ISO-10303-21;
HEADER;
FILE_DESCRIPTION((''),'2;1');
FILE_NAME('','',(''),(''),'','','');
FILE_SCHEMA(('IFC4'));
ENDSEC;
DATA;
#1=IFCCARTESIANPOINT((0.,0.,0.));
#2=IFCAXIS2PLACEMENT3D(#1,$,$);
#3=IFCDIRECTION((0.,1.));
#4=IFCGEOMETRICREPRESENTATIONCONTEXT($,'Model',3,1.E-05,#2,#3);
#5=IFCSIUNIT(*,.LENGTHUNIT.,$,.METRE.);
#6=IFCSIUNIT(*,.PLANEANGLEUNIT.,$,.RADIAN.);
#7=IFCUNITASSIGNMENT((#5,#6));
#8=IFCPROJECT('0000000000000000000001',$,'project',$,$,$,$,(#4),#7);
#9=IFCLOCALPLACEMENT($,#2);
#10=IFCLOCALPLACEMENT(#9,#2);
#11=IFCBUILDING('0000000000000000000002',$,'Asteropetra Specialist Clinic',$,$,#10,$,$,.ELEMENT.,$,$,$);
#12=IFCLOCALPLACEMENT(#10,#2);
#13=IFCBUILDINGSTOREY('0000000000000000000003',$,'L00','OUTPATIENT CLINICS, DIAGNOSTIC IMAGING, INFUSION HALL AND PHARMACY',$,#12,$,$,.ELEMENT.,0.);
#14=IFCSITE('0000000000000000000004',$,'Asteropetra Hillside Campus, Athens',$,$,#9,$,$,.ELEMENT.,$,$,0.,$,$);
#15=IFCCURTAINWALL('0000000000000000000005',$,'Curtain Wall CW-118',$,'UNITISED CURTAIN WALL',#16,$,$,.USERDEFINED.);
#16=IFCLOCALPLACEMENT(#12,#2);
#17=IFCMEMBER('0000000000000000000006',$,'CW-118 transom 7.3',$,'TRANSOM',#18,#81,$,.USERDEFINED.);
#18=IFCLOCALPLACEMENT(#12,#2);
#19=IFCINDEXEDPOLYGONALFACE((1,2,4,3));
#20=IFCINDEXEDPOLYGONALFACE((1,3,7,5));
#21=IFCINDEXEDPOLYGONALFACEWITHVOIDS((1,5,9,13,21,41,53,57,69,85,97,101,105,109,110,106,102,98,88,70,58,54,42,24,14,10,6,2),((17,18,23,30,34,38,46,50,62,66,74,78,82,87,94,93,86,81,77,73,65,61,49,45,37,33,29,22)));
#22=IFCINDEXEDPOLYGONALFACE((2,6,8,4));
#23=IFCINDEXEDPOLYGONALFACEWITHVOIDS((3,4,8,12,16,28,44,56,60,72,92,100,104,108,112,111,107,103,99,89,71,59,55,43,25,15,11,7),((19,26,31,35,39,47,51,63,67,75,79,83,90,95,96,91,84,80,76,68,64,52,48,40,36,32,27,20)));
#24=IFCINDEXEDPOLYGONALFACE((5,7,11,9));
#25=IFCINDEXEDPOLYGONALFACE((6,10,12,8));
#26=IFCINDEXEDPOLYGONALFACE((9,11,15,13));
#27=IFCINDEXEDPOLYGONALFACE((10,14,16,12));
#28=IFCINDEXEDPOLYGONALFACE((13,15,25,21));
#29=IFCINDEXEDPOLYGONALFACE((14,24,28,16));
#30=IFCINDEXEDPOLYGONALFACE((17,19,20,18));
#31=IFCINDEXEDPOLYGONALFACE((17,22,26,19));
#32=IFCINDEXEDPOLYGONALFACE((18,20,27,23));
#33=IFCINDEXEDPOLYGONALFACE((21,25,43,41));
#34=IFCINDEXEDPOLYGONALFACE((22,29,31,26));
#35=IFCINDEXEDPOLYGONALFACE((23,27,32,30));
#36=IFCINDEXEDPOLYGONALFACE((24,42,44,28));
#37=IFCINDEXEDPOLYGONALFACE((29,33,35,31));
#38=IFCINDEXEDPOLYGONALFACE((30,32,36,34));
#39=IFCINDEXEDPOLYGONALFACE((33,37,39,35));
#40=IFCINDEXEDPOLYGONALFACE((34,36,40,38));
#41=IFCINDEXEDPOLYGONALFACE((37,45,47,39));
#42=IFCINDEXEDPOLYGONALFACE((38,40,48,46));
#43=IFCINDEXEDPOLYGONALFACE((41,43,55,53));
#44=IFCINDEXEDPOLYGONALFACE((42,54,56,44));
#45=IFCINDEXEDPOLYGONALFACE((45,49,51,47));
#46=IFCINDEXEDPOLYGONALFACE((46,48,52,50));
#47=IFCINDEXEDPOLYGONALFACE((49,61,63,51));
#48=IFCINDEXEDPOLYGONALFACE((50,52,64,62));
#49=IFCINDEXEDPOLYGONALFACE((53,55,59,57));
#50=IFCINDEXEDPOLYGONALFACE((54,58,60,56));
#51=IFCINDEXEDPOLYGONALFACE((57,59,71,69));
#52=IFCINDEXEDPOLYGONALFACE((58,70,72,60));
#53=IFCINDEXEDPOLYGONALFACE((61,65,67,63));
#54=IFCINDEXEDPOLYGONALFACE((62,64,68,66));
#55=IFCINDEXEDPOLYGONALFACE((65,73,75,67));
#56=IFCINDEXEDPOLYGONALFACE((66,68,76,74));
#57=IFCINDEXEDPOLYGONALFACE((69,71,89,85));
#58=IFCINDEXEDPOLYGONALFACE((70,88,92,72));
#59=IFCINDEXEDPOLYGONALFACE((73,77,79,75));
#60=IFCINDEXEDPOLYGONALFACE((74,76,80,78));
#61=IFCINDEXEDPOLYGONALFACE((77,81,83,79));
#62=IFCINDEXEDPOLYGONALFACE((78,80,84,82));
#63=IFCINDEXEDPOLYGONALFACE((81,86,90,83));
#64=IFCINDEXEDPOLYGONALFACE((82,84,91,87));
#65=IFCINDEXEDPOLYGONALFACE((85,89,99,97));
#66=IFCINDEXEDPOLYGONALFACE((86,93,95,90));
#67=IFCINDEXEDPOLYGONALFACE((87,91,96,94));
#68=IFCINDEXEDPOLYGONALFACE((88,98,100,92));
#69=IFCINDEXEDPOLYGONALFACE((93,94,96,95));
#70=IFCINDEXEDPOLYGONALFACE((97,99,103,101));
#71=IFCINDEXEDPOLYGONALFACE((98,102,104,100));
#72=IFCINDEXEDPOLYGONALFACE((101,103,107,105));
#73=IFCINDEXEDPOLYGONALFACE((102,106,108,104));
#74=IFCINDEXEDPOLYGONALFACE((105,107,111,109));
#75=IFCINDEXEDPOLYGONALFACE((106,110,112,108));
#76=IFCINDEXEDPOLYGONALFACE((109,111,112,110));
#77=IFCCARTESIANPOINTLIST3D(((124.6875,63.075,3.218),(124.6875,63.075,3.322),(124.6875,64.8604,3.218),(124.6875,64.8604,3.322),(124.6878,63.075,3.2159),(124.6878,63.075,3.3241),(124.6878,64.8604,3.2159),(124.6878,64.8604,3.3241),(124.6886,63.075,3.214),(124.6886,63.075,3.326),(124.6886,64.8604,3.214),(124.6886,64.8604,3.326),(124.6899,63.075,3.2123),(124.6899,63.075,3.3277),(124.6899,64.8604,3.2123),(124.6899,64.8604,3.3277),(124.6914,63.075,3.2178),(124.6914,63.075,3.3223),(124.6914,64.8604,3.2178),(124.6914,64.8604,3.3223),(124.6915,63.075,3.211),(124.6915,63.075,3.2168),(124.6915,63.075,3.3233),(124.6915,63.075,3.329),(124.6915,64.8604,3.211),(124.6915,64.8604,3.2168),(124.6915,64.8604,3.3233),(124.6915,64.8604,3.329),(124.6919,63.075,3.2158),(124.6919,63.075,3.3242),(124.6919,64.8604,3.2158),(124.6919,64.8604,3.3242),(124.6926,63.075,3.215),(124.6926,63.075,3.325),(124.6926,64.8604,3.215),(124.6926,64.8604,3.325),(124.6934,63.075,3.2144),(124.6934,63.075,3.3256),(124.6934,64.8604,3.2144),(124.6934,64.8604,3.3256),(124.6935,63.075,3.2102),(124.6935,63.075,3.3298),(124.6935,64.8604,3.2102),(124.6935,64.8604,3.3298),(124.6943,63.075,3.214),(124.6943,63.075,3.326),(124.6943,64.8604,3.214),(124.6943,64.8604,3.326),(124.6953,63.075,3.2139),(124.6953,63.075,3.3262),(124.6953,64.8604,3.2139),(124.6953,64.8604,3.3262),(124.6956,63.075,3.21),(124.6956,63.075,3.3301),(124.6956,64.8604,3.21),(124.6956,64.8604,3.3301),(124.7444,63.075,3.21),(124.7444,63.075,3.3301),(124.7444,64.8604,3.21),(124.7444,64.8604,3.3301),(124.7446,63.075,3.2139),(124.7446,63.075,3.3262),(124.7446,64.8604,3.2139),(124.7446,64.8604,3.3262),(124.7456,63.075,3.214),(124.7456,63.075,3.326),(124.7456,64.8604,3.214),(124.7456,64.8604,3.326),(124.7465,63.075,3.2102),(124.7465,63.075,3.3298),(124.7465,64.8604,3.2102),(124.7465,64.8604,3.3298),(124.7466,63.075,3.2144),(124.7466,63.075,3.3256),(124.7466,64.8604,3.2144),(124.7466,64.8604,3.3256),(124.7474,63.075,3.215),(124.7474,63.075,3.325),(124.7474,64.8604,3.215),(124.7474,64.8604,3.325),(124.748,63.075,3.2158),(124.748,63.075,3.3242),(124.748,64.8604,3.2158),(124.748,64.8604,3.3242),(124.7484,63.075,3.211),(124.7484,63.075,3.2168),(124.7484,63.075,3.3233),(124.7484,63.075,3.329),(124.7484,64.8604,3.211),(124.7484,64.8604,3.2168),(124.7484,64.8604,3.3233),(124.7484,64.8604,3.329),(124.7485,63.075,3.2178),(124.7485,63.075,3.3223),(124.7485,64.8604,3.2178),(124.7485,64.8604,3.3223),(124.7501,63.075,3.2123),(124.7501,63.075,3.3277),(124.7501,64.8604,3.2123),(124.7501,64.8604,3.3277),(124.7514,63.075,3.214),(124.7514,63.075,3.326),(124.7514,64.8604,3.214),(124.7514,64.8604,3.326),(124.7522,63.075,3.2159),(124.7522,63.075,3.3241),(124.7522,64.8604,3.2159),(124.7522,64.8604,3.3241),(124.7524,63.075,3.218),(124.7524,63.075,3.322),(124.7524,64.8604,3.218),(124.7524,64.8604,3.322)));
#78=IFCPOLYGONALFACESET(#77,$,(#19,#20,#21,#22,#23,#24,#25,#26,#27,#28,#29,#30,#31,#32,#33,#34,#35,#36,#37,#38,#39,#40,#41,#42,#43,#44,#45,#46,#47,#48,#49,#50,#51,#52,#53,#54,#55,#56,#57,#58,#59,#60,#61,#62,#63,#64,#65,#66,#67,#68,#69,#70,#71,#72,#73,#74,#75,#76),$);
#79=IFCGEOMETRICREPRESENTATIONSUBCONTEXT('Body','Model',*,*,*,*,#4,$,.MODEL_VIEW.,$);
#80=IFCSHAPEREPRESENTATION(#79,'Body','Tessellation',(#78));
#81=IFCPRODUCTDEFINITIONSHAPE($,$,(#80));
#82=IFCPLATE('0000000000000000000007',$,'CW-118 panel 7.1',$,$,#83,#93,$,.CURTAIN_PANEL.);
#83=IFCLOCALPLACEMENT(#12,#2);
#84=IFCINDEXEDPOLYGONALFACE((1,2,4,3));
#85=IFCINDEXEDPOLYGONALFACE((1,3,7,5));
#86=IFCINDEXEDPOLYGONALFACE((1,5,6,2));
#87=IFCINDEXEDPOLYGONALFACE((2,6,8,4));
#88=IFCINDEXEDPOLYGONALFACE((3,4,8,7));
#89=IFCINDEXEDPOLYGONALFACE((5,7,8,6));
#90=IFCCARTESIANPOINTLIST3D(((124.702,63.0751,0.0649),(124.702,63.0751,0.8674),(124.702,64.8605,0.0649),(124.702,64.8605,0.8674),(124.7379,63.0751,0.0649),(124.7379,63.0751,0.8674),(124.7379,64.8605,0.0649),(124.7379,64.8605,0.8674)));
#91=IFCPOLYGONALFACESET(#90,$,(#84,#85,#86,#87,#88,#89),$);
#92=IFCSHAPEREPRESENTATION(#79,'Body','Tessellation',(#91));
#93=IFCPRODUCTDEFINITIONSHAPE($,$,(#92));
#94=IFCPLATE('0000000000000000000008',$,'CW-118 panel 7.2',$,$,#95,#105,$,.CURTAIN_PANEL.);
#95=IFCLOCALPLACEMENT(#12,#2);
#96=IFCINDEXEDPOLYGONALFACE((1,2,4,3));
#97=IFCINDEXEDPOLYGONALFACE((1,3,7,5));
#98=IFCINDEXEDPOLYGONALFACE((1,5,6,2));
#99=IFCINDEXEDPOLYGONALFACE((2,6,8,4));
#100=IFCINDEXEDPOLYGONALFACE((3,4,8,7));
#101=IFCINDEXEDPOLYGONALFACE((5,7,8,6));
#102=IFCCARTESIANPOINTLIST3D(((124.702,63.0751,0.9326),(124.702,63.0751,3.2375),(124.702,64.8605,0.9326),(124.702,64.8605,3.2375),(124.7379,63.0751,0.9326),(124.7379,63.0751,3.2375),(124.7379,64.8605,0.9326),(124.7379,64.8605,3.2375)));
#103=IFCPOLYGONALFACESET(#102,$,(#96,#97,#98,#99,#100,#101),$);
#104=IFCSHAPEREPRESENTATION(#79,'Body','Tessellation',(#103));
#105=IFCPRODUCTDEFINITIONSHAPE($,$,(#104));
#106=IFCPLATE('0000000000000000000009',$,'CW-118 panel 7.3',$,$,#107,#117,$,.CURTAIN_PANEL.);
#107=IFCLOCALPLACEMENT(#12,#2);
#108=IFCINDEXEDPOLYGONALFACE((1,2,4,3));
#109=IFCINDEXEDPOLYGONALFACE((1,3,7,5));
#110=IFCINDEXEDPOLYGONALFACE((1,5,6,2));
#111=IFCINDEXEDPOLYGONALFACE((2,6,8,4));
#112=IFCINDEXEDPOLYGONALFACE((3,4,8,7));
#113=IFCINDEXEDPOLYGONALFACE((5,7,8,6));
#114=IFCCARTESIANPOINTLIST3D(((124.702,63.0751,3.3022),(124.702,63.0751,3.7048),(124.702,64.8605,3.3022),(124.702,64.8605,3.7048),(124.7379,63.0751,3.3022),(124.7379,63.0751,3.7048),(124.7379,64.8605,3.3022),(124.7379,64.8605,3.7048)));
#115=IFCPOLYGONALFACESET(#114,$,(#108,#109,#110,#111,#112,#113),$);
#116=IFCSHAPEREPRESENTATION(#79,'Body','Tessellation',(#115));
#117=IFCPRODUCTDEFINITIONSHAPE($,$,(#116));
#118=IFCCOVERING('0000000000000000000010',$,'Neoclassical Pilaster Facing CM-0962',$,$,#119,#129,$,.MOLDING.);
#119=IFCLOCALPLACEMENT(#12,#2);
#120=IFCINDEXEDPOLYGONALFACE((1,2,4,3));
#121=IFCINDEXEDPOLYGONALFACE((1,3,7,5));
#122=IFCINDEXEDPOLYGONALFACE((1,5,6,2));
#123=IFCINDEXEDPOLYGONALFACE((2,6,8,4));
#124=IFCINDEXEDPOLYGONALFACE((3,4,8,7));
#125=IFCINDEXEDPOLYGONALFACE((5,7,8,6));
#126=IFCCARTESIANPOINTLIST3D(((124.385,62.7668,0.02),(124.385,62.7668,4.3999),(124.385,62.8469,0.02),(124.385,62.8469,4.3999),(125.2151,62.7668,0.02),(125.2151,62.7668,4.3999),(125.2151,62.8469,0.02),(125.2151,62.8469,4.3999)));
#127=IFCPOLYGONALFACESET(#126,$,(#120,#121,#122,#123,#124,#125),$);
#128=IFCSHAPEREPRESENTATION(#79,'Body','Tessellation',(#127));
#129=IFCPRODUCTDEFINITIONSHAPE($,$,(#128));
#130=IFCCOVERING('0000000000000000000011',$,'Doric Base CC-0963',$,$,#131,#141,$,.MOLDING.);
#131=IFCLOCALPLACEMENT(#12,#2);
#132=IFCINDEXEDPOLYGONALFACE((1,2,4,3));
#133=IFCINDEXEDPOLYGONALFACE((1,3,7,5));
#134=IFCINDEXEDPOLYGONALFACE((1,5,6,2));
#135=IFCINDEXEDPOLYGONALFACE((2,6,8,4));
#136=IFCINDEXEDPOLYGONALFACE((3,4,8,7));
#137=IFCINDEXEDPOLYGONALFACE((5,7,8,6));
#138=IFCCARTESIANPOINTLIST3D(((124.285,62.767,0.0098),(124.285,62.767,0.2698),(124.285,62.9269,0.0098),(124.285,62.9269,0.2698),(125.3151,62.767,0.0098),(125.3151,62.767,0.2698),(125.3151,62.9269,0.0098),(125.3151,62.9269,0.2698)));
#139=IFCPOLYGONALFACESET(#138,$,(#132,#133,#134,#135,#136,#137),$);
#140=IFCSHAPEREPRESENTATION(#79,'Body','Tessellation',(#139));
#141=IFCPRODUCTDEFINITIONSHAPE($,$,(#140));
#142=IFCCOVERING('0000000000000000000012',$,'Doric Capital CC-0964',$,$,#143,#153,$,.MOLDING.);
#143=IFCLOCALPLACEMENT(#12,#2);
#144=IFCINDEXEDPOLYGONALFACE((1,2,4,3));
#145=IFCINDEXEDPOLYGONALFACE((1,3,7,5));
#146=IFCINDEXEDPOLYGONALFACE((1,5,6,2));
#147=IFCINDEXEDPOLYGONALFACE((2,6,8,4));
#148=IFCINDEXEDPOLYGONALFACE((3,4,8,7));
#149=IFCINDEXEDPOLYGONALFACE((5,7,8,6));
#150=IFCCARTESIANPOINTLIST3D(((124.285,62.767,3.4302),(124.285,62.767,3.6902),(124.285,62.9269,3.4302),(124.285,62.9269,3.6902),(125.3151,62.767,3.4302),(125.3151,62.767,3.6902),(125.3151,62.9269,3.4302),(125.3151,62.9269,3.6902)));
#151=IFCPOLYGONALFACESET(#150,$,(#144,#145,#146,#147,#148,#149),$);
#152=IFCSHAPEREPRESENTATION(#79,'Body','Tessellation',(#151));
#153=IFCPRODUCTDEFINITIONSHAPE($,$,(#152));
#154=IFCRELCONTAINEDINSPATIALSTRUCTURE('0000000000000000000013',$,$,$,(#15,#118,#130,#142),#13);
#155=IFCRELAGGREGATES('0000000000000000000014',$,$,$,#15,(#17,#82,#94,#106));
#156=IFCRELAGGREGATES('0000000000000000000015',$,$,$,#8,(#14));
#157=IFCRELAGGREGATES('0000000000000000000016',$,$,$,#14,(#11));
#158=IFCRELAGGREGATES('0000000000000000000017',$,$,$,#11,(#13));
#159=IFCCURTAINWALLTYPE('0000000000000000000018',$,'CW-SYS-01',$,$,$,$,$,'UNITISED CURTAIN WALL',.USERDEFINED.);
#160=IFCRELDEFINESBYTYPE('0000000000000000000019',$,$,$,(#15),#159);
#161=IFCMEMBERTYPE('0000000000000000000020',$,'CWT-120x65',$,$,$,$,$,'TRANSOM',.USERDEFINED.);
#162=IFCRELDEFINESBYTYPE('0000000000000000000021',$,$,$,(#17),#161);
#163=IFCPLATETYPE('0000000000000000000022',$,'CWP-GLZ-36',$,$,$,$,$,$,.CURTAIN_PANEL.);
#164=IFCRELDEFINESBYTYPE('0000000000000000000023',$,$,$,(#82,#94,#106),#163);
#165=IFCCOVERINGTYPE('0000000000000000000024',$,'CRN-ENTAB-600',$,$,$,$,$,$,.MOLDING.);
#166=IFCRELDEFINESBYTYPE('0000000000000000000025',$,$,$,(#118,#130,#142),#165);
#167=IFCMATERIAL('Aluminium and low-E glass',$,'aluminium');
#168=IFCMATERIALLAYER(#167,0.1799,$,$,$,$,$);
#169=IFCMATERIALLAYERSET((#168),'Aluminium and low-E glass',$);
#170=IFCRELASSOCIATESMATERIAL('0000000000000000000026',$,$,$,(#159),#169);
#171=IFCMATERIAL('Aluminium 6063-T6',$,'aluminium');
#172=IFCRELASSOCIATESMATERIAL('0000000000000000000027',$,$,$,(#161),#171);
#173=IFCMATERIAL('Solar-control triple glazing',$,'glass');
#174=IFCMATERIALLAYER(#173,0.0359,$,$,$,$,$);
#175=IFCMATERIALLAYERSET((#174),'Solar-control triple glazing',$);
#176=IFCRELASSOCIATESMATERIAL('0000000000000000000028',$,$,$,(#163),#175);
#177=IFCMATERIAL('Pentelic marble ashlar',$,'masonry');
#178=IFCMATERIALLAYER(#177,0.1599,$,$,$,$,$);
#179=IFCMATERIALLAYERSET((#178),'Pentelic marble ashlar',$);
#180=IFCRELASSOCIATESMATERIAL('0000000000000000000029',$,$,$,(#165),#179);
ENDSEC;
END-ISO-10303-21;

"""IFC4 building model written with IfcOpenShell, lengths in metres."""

from ifc_helpers import new_model, si_unit, direction, frame, origin, origin_2d, place, context, subcontext, project, spatial, rectangle, hollow_rectangle, extrude, material, layer, layer_set, material_profile, profile_set, type_object, element, aggregate, save


model = new_model("IFC4")

# Units and contexts
model_context = context("Model", 3, precision=1e-05, world=origin(), true_north=direction((0.0, 1.0)))
body_context = subcontext(model_context, "Body", "Model", "MODEL_VIEW")
ifc_project = project(units=[si_unit("LENGTHUNIT", "METRE"), si_unit("PLANEANGLEUNIT", "RADIAN")], contexts=[model_context])

# Site, building, storey
site_placement = place(None, origin())
site = spatial("IfcSite", under=ifc_project, at=site_placement, Name="Asteropetra Hillside Campus, Athens", CompositionType="ELEMENT", RefElevation=0.0)
building_placement = place(site_placement, origin())
building = spatial("IfcBuilding", under=site, at=building_placement, Name="Asteropetra Specialist Clinic", CompositionType="ELEMENT")
storey_placement = place(building_placement, origin())
storey = spatial("IfcBuildingStorey", under=building, at=storey_placement, Name="L00", Description="OUTPATIENT CLINICS, DIAGNOSTIC IMAGING, INFUSION HALL AND PHARMACY", CompositionType="ELEMENT", Elevation=0.0)

# Curtain wall, member, plates
ifc_material_1 = material(Name="Aluminium and low-E glass", Category="aluminium")
ifc_layer_1 = layer(ifc_material_1, 0.1799)
ifc_layer_set_1 = layer_set([ifc_layer_1], Name="Aluminium and low-E glass")
curtain_wall_type = type_object("IfcCurtainWallType", Name="CW-SYS-01", ElementType="UNITISED CURTAIN WALL", PredefinedType="USERDEFINED", material=ifc_layer_set_1)
curtain_wall_placement = place(storey_placement, origin())
curtain_wall = element("IfcCurtainWall", 1, at=curtain_wall_placement, inside=storey, type_object=curtain_wall_type, Name="Curtain Wall CW-118", ObjectType="UNITISED CURTAIN WALL", PredefinedType="USERDEFINED")
ifc_material_2 = material(Name="Aluminium 6063-T6", Category="aluminium")
ifc_material_profile_1 = material_profile(ifc_material_2, hollow_rectangle(XDim=0.0649, YDim=0.1201, WallThickness=0.0039, InnerFilletRadius=0.0039, OuterFilletRadius=0.0081, at=origin_2d()), Name="TRN 120x65x4.0")
ifc_profile_set_1 = profile_set([ifc_material_profile_1], Name="Aluminium 6063-T6")
member_type_1 = type_object("IfcMemberType", Name="CWT-120x65", ElementType="TRANSOM", PredefinedType="USERDEFINED", material=ifc_profile_set_1)
member_1_placement = place(storey_placement, frame((124.72, 64.8604, 3.27), z_axis=(0.0, -1.0, 0.0), x_axis=(1.0, 0.0, 0.0)))
member_1 = element("IfcMember", 2, at=member_1_placement, type_object=member_type_1, Name="CW-118 transom 7.3", ObjectType="TRANSOM", PredefinedType="USERDEFINED", context=body_context, shape_type="SweptSolid", body=[
    extrude(hollow_rectangle(XDim=0.0649, YDim=0.1201, WallThickness=0.0039, InnerFilletRadius=0.0039, OuterFilletRadius=0.0081, at=origin_2d()), origin(), (0.0, 0.0, 1.0), 1.7854),
])
ifc_material_3 = material(Name="Solar-control triple glazing", Category="glass")
ifc_layer_2 = layer(ifc_material_3, 0.0359)
ifc_layer_set_2 = layer_set([ifc_layer_2], Name="Solar-control triple glazing")
plate_type = type_object("IfcPlateType", Name="CWP-GLZ-36", PredefinedType="CURTAIN_PANEL", material=ifc_layer_set_2)
plate_1_placement = place(storey_placement, frame((124.72, 63.9678, 0.0649), z_axis=(0.0, 0.0, 1.0), x_axis=(0.0, -1.0, 0.0)))
plate_1 = element("IfcPlate", 3, at=plate_1_placement, type_object=plate_type, Name="CW-118 panel 7.1", PredefinedType="CURTAIN_PANEL", context=body_context, shape_type="SweptSolid", body=[
    extrude(rectangle(XDim=1.7854, YDim=0.0359, at=origin_2d()), origin(), (0.0, 0.0, 1.0), 0.8025),
])
plate_2_placement = place(storey_placement, frame((124.72, 63.9678, 0.9326), z_axis=(0.0, 0.0, 1.0), x_axis=(0.0, -1.0, 0.0)))
plate_2 = element("IfcPlate", 4, at=plate_2_placement, type_object=plate_type, Name="CW-118 panel 7.2", PredefinedType="CURTAIN_PANEL", context=body_context, shape_type="SweptSolid", body=[
    extrude(rectangle(XDim=1.7854, YDim=0.0359, at=origin_2d()), origin(), (0.0, 0.0, 1.0), 2.3049),
])
plate_3_placement = place(storey_placement, frame((124.72, 63.9678, 3.3022), z_axis=(0.0, 0.0, 1.0), x_axis=(0.0, -1.0, 0.0)))
plate_3 = element("IfcPlate", 5, at=plate_3_placement, type_object=plate_type, Name="CW-118 panel 7.3", PredefinedType="CURTAIN_PANEL", context=body_context, shape_type="SweptSolid", body=[
    extrude(rectangle(XDim=1.7854, YDim=0.0359, at=origin_2d()), origin(), (0.0, 0.0, 1.0), 0.4026),
])
aggregate(curtain_wall, [member_1, plate_1, plate_2, plate_3])

# Coverings
ifc_material_4 = material(Name="Pentelic marble ashlar", Category="masonry")
ifc_layer_3 = layer(ifc_material_4, 0.1599)
ifc_layer_set_3 = layer_set([ifc_layer_3], Name="Pentelic marble ashlar")
covering_type = type_object("IfcCoveringType", Name="CRN-ENTAB-600", PredefinedType="MOLDING", material=ifc_layer_set_3)
covering_placement = place(storey_placement, frame((124.8, 62.8069, 0.02), z_axis=(0.0, 0.0, 1.0), x_axis=(1.0, 0.0, 0.0)))
element("IfcCovering", 6, at=covering_placement, inside=storey, type_object=covering_type, Name="Neoclassical Pilaster Facing CM-0962", PredefinedType="MOLDING", context=body_context, shape_type="SweptSolid", body=[
    extrude(rectangle(XDim=0.8301, YDim=0.0801, at=origin_2d()), origin(), (0.0, 0.0, 1.0), 4.3799),
])
for number, where, z_axis, x_axis, name in (
    (7, (124.8, 62.8469, 0.0098), (0.0, 0.0, 1.0), (1.0, 0.0, 0.0), "Doric Base CC-0963"),
    (8, (124.8, 62.8469, 3.4302), (0.0, 0.0, 1.0), (1.0, 0.0, 0.0), "Doric Capital CC-0964"),
):
    element("IfcCovering", number, at=place(storey_placement, frame(where, z_axis=z_axis, x_axis=x_axis)), inside=storey, type_object=covering_type, Name=name, PredefinedType="MOLDING", context=body_context, shape_type="SweptSolid", body=[
        extrude(rectangle(XDim=1.03, YDim=0.1599, at=origin_2d()), origin(), (0.0, 0.0, 1.0), 0.26),
    ])

save(model, "model.ifc")
